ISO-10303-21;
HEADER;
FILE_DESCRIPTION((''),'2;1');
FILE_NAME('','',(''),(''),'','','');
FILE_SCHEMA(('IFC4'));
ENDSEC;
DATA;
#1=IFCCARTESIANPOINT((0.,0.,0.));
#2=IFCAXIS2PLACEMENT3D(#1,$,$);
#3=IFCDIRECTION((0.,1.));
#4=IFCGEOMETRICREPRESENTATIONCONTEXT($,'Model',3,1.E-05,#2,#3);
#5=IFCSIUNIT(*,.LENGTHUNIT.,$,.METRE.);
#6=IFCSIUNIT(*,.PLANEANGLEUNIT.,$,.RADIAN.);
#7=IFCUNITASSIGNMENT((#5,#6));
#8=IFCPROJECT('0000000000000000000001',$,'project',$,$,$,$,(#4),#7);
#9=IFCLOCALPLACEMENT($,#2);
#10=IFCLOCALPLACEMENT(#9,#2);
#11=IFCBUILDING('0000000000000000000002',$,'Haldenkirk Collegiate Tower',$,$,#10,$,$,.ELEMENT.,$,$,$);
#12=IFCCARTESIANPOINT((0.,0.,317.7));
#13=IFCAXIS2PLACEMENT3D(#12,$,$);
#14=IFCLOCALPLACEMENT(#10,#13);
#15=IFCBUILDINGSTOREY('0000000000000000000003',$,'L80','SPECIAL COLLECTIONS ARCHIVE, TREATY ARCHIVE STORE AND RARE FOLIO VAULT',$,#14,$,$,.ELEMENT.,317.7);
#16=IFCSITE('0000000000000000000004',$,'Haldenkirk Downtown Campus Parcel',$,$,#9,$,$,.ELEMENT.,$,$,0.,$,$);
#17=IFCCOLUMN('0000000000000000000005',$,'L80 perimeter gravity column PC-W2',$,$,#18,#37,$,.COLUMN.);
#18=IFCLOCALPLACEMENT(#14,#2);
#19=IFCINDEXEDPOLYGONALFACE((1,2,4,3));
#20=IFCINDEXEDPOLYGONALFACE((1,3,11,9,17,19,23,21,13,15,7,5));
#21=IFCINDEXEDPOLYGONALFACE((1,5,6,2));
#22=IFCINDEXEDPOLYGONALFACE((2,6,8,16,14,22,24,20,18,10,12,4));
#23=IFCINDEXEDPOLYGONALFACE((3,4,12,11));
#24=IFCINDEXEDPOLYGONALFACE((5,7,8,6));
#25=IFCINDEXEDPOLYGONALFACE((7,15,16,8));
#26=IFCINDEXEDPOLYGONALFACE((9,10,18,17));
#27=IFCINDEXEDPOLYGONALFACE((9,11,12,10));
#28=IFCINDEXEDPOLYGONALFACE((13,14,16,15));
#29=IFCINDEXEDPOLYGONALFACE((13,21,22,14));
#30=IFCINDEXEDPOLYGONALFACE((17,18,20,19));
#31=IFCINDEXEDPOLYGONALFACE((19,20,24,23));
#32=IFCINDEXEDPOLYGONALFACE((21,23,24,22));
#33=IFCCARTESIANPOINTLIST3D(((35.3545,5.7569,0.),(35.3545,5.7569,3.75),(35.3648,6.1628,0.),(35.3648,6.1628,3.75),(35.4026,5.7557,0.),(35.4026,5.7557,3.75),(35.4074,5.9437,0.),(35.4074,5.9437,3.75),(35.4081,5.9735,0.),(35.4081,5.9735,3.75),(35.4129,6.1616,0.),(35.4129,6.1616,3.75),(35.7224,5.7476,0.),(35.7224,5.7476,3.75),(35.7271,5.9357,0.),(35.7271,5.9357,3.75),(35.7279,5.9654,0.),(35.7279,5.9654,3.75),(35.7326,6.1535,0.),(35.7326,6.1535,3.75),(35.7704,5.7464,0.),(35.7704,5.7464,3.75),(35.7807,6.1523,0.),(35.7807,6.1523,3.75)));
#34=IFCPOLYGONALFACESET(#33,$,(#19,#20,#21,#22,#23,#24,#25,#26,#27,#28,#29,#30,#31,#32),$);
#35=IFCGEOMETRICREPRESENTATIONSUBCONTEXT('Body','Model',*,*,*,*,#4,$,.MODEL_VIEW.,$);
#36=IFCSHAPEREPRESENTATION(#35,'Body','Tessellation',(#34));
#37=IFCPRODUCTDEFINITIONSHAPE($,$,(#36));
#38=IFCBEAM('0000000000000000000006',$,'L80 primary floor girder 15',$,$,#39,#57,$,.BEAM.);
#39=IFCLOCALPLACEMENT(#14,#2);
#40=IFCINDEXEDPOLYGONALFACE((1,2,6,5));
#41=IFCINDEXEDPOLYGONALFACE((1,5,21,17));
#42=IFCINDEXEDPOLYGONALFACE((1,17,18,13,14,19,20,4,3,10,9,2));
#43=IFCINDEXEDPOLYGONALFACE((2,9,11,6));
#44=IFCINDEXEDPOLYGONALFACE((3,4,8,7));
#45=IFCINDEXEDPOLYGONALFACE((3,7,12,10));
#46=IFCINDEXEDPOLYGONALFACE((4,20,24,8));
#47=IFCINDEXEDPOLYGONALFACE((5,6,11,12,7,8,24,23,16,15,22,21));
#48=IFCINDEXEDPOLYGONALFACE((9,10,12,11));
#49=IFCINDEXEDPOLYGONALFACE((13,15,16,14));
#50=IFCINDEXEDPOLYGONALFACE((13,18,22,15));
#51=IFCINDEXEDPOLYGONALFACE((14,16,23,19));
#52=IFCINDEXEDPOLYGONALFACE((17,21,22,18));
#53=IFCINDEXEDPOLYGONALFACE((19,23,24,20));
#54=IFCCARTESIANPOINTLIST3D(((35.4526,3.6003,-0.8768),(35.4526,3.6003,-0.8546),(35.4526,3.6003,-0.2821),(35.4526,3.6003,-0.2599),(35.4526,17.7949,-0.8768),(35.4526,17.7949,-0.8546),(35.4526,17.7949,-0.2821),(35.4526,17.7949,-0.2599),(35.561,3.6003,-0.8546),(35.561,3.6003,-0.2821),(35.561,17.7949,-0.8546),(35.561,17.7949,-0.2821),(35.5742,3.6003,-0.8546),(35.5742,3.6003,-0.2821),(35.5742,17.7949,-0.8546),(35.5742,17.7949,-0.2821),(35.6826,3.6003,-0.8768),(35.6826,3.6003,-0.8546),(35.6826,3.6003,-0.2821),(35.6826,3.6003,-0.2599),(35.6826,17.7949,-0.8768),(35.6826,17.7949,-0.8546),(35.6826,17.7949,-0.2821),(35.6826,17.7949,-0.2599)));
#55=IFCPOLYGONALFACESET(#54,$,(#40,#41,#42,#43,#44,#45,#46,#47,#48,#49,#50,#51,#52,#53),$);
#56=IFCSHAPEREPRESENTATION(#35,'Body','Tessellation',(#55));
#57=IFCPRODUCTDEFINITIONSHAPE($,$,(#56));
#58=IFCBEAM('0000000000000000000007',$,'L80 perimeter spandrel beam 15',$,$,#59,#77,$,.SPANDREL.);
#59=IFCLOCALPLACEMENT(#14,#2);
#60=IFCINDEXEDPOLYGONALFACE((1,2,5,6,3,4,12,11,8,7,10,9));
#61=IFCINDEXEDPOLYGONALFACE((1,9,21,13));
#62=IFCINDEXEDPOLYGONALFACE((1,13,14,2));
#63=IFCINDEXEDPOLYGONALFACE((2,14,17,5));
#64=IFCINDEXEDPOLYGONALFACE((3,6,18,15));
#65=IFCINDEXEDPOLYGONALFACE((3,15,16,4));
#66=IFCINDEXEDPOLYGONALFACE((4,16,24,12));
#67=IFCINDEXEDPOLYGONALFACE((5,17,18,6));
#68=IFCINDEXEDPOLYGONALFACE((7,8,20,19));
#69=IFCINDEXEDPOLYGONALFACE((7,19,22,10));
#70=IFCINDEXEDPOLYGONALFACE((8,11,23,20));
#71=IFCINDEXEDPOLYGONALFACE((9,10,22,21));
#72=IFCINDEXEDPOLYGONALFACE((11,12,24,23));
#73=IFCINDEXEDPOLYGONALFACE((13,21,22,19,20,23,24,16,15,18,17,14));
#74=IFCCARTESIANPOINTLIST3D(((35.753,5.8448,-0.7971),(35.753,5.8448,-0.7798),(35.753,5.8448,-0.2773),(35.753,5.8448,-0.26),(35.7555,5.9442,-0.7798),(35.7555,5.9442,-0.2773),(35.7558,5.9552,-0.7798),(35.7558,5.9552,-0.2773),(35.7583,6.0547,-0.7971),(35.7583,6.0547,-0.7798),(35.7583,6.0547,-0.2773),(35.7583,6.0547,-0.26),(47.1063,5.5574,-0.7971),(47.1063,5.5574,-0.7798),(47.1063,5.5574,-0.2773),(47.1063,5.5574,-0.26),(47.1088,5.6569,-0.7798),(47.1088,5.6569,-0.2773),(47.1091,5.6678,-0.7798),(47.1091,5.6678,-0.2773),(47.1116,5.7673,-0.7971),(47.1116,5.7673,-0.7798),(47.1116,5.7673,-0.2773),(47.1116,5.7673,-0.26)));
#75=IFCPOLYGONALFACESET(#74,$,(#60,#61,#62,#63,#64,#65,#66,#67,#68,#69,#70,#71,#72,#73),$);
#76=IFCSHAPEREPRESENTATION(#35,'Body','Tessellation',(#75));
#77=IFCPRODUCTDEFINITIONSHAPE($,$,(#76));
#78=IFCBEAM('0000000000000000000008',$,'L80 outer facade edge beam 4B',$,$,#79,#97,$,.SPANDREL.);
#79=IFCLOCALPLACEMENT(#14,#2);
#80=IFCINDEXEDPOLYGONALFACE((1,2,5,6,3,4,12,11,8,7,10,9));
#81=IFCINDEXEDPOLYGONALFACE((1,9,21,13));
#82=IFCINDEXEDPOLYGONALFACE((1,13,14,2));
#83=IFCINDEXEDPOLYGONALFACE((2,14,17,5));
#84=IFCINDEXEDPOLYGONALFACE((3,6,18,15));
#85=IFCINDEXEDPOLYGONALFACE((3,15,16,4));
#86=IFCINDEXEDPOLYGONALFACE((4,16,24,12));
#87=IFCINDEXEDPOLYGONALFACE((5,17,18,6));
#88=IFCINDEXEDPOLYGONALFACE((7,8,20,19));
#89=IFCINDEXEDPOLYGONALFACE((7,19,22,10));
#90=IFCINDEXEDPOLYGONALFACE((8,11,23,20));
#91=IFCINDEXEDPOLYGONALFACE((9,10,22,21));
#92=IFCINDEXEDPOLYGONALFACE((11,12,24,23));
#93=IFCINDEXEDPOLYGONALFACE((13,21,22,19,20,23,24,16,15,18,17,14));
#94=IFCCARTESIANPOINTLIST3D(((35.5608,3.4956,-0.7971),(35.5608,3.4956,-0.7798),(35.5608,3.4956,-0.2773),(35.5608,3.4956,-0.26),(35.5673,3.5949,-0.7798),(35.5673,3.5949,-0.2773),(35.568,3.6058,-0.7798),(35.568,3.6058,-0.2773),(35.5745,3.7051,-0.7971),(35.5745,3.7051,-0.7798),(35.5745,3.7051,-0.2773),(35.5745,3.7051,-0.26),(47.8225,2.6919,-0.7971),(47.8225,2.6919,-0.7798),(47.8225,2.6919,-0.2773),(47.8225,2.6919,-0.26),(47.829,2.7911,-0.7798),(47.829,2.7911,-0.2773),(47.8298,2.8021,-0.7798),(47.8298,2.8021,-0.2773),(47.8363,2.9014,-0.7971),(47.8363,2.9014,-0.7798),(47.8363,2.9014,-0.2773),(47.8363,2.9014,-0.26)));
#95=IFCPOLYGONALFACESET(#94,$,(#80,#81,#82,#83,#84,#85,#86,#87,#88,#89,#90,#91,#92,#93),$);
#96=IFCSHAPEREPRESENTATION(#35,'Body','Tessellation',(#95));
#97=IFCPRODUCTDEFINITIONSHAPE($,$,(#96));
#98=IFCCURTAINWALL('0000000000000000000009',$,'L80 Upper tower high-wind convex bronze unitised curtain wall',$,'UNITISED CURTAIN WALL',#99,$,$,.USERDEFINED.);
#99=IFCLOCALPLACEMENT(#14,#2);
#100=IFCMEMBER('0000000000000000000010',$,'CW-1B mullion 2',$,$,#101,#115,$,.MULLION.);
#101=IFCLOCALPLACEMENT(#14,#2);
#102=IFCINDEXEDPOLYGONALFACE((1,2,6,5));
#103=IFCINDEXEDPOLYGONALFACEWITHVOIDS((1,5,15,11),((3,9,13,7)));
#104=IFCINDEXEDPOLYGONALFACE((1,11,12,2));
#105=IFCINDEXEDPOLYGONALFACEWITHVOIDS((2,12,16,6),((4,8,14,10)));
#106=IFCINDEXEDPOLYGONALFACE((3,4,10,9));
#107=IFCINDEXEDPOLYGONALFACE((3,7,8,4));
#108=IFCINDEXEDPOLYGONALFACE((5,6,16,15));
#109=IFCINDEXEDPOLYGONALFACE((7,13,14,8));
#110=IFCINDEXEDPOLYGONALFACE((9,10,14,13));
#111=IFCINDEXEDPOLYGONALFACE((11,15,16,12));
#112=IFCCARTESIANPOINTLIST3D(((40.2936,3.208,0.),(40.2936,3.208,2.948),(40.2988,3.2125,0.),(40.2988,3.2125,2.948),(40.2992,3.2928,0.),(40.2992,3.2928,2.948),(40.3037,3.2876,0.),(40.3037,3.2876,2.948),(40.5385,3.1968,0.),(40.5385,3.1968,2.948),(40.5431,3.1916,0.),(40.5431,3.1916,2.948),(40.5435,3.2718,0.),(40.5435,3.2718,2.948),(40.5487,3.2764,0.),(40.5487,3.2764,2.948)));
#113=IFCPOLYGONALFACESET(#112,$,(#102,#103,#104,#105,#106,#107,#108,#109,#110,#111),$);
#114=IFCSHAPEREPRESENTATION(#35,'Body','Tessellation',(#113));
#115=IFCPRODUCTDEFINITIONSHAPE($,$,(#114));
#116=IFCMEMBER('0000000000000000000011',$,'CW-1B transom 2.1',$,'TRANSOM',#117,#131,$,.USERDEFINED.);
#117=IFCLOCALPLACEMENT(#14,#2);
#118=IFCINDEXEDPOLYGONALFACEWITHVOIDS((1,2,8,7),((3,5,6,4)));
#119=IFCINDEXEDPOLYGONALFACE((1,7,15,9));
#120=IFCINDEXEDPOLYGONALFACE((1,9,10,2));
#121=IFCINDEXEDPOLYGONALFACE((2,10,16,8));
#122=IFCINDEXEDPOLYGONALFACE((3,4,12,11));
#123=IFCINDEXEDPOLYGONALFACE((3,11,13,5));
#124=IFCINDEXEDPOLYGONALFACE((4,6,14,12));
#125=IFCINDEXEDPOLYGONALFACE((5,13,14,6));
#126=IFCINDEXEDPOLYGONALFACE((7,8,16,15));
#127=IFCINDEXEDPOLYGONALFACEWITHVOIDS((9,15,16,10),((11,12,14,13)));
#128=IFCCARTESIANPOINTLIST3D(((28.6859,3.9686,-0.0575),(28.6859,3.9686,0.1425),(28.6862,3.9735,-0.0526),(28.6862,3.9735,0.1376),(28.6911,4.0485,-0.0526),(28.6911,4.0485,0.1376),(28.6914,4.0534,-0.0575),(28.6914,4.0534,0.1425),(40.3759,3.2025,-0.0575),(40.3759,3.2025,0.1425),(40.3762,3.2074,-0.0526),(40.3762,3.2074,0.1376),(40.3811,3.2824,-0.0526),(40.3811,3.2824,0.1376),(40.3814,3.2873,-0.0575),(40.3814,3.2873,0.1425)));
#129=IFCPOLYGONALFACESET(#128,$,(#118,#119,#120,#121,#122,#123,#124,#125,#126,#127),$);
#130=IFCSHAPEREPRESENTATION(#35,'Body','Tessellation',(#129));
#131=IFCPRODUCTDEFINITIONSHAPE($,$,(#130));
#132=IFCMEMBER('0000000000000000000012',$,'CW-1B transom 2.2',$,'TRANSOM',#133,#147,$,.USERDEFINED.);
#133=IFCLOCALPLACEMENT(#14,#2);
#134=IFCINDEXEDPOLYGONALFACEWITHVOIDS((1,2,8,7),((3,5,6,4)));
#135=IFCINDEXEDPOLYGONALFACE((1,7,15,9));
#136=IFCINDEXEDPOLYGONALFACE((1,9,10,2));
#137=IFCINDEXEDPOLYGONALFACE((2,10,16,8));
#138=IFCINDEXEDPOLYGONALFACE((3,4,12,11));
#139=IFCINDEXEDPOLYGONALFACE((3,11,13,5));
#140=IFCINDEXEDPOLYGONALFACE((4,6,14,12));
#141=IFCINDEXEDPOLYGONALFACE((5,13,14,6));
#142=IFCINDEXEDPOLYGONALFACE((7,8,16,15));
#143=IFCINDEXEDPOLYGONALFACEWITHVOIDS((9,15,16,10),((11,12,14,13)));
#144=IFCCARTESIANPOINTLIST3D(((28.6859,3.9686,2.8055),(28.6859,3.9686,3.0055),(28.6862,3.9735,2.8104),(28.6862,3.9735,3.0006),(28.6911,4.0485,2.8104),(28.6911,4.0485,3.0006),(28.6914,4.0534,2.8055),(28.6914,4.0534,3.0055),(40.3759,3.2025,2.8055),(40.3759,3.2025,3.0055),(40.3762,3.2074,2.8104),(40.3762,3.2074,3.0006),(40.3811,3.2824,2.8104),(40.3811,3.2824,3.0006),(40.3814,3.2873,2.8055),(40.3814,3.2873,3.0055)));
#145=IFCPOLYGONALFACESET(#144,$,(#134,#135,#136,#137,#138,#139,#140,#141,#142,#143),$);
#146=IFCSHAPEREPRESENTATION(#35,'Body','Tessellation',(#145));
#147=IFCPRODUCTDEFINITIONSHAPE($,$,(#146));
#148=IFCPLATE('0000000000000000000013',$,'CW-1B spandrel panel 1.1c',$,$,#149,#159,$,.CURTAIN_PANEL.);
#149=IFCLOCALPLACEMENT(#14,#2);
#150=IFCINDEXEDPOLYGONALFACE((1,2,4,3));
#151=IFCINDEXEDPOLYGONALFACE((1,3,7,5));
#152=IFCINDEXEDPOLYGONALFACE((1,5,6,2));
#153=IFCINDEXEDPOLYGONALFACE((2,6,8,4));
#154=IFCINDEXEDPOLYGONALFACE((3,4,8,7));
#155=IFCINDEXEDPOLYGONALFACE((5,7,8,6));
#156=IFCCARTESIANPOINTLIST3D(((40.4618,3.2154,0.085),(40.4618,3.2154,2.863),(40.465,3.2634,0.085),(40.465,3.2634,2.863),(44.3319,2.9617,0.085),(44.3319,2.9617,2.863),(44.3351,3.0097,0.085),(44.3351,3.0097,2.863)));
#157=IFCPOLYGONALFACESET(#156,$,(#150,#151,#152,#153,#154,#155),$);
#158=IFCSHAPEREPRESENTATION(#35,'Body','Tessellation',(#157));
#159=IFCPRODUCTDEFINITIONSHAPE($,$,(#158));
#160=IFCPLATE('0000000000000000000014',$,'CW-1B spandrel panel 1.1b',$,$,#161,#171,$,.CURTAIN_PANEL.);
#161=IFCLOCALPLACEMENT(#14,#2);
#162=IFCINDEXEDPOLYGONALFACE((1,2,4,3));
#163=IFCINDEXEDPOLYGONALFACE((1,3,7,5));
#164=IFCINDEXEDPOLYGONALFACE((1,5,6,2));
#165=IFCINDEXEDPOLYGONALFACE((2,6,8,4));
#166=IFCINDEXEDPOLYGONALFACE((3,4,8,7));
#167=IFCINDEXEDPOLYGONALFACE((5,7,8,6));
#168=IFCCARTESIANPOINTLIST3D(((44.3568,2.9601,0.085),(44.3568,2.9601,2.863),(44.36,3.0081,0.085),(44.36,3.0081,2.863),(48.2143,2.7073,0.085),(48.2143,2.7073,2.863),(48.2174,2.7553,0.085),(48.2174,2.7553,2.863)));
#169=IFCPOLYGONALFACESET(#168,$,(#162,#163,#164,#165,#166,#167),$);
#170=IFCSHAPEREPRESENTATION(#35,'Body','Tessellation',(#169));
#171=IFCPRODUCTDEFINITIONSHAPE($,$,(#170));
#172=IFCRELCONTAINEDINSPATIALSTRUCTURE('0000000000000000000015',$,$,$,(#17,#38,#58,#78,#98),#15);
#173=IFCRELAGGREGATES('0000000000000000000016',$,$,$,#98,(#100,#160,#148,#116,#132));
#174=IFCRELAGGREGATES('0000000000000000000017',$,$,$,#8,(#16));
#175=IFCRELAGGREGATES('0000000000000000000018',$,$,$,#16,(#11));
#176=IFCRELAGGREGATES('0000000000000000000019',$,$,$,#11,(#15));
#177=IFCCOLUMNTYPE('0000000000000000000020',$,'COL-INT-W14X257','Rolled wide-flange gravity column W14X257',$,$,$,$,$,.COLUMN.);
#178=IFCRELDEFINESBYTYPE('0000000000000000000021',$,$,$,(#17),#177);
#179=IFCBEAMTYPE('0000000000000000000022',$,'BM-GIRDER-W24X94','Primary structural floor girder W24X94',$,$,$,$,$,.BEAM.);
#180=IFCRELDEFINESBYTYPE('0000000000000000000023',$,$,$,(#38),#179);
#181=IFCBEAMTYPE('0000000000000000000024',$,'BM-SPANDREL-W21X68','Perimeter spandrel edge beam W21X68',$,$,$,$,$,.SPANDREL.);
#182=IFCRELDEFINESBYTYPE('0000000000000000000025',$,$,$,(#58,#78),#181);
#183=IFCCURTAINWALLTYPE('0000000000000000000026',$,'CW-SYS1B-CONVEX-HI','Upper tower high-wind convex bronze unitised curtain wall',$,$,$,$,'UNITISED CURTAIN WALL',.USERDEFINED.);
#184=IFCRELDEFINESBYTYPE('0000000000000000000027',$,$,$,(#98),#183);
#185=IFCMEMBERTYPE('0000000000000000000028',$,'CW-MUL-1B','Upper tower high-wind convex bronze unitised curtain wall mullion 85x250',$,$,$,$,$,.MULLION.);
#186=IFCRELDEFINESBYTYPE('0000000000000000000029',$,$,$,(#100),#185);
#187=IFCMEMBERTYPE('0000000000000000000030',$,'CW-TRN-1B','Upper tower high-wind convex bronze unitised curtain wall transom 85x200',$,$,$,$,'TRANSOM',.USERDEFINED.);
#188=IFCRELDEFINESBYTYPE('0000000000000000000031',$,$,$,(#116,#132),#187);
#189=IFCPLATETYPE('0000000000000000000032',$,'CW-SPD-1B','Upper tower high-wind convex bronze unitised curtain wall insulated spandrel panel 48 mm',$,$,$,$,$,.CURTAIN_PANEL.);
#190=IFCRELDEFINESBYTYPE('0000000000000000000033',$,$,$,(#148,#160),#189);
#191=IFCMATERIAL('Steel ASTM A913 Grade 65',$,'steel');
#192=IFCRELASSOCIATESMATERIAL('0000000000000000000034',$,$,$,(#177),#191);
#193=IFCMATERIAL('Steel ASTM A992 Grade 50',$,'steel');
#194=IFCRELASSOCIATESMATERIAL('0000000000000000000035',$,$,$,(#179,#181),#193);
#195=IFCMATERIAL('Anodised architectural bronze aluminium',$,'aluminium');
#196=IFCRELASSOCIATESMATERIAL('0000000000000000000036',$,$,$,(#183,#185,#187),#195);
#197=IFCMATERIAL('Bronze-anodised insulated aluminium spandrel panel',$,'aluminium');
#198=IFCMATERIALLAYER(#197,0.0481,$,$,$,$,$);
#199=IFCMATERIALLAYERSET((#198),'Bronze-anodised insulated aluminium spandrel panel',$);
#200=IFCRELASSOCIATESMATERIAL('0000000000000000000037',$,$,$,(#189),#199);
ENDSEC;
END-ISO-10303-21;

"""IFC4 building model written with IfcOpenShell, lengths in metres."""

from ifc_helpers import new_model, si_unit, direction, frame, origin, origin_2d, place, context, subcontext, project, spatial, rectangle, hollow_rectangle, i_section, extrude, source, transform, mapped, material, layer, layer_set, material_profile, profile_set, type_object, element, aggregate, save


model = new_model("IFC4")

# Units and contexts
model_context = context("Model", 3, precision=1e-05, world=origin(), true_north=direction((0.0, 1.0)))
body_context = subcontext(model_context, "Body", "Model", "MODEL_VIEW")
ifc_project = project(units=[si_unit("LENGTHUNIT", "METRE"), si_unit("PLANEANGLEUNIT", "RADIAN")], contexts=[model_context])

# Site, building, storey
site_placement = place(None, origin())
site = spatial("IfcSite", under=ifc_project, at=site_placement, Name="Haldenkirk Downtown Campus Parcel", CompositionType="ELEMENT", RefElevation=0.0)
building_placement = place(site_placement, origin())
building = spatial("IfcBuilding", under=site, at=building_placement, Name="Haldenkirk Collegiate Tower", CompositionType="ELEMENT")
storey_placement = place(building_placement, frame((0.0, 0.0, 317.7)))
storey = spatial("IfcBuildingStorey", under=building, at=storey_placement, Name="L80", Description="SPECIAL COLLECTIONS ARCHIVE, TREATY ARCHIVE STORE AND RARE FOLIO VAULT", CompositionType="ELEMENT", Elevation=317.7)

# Column
ifc_material_1 = material(Name="Steel ASTM A913 Grade 65", Category="steel")
ifc_material_profile_1 = material_profile(ifc_material_1, i_section(OverallWidth=0.406, OverallDepth=0.416, WebThickness=0.0298, FlangeThickness=0.0481, at=origin_2d()), Name="W14X257")
ifc_profile_set_1 = profile_set([ifc_material_profile_1], Name="Steel ASTM A913 Grade 65")
column_type = type_object("IfcColumnType", Name="COL-INT-W14X257", Description="Rolled wide-flange gravity column W14X257", PredefinedType="COLUMN", material=ifc_profile_set_1)
column_placement = place(storey_placement, frame((35.5676, 5.9546, 0.0), z_axis=(0.0, 0.0, 1.0), x_axis=(0.025305, 0.99968, 0.0)))
element("IfcColumn", 1, at=column_placement, inside=storey, type_object=column_type, Name="L80 perimeter gravity column PC-W2", PredefinedType="COLUMN", context=body_context, shape_type="SweptSolid", body=[
    extrude(i_section(OverallWidth=0.406, OverallDepth=0.416, WebThickness=0.0298, FlangeThickness=0.0481, at=origin_2d()), origin(), (0.0, 0.0, 1.0), 3.75),
])

# Beams
ifc_material_2 = material(Name="Steel ASTM A992 Grade 50", Category="steel")
ifc_material_profile_2 = material_profile(ifc_material_2, i_section(OverallWidth=0.23, OverallDepth=0.6169, WebThickness=0.0132, FlangeThickness=0.0222, at=origin_2d()), Name="W24X94")
ifc_profile_set_2 = profile_set([ifc_material_profile_2], Name="Steel ASTM A992 Grade 50")
beam_type_1 = type_object("IfcBeamType", Name="BM-GIRDER-W24X94", Description="Primary structural floor girder W24X94", PredefinedType="BEAM", material=ifc_profile_set_2)
beam_1_placement = place(storey_placement, frame((35.5676, 3.6003, -0.5684), z_axis=(0.0, 1.0, 0.0), x_axis=(-1.0, 0.0, 0.0)))
element("IfcBeam", 2, at=beam_1_placement, inside=storey, type_object=beam_type_1, Name="L80 primary floor girder 15", PredefinedType="BEAM", context=body_context, shape_type="SweptSolid", body=[
    extrude(i_section(OverallWidth=0.23, OverallDepth=0.6169, WebThickness=0.0132, FlangeThickness=0.0222, at=origin_2d()), origin(), (0.0, 0.0, 1.0), 14.1946),
])
ifc_material_profile_3 = material_profile(ifc_material_2, i_section(OverallWidth=0.21, OverallDepth=0.5371, WebThickness=0.011, FlangeThickness=0.0173, at=origin_2d()), Name="W21X68")
ifc_profile_set_3 = profile_set([ifc_material_profile_3], Name="Steel ASTM A992 Grade 50")
beam_type_2 = type_object("IfcBeamType", Name="BM-SPANDREL-W21X68", Description="Perimeter spandrel edge beam W21X68", PredefinedType="SPANDREL", material=ifc_profile_set_3)
beam_2_placement = place(storey_placement, frame((35.7556, 5.9497, -0.5286), z_axis=(0.99968, -0.025302, 0.0), x_axis=(0.025302, 0.99968, 0.0)))
element("IfcBeam", 3, at=beam_2_placement, inside=storey, type_object=beam_type_2, Name="L80 perimeter spandrel beam 15", PredefinedType="SPANDREL", context=body_context, shape_type="SweptSolid", body=[
    extrude(i_section(OverallWidth=0.21, OverallDepth=0.5371, WebThickness=0.011, FlangeThickness=0.0173, at=origin_2d()), origin(), (0.0, 0.0, 1.0), 11.3569),
])
beam_3_placement = place(storey_placement, frame((35.5676, 3.6003, -0.5286), z_axis=(0.997859, -0.065406, 0.0), x_axis=(0.065406, 0.997859, 0.0)))
element("IfcBeam", 4, at=beam_3_placement, inside=storey, type_object=beam_type_2, Name="L80 outer facade edge beam 4B", PredefinedType="SPANDREL", context=body_context, shape_type="SweptSolid", body=[
    extrude(i_section(OverallWidth=0.21, OverallDepth=0.5371, WebThickness=0.011, FlangeThickness=0.0173, at=origin_2d()), origin(), (0.0, 0.0, 1.0), 12.2881),
])

# Curtain wall, members, plates
ifc_material_3 = material(Name="Anodised architectural bronze aluminium", Category="aluminium")
curtain_wall_type = type_object("IfcCurtainWallType", Name="CW-SYS1B-CONVEX-HI", Description="Upper tower high-wind convex bronze unitised curtain wall", ElementType="UNITISED CURTAIN WALL", PredefinedType="USERDEFINED", material=ifc_material_3)
curtain_wall_placement = place(storey_placement, origin())
curtain_wall = element("IfcCurtainWall", 5, at=curtain_wall_placement, inside=storey, type_object=curtain_wall_type, Name="L80 Upper tower high-wind convex bronze unitised curtain wall", ObjectType="UNITISED CURTAIN WALL", PredefinedType="USERDEFINED")
ifc_material_profile_4 = material_profile(ifc_material_3, hollow_rectangle(XDim=0.085, YDim=0.25, WallThickness=0.0049, at=origin_2d()), Name="CW-MUL-1B")
ifc_profile_set_4 = profile_set([ifc_material_profile_4], Name="Anodised architectural bronze aluminium")
member_type_1 = type_object("IfcMemberType", Name="CW-MUL-1B", Description="Upper tower high-wind convex bronze unitised curtain wall mullion 85x250", PredefinedType="MULLION", material=ifc_profile_set_4)
member_1_placement = place(storey_placement, frame((40.4211, 3.2422, 0.0), z_axis=(0.0, 0.0, 1.0), x_axis=(-0.065401, -0.997859, 0.0)))
member_1 = element("IfcMember", 6, at=member_1_placement, type_object=member_type_1, Name="CW-1B mullion 2", PredefinedType="MULLION", context=body_context, shape_type="SweptSolid", body=[
    extrude(hollow_rectangle(XDim=0.085, YDim=0.25, WallThickness=0.0049, at=origin_2d()), origin(), (0.0, 0.0, 1.0), 2.948),
])
ifc_material_profile_5 = material_profile(ifc_material_3, hollow_rectangle(XDim=0.085, YDim=0.2, WallThickness=0.0049, at=origin_2d()), Name="CW-TRN-1B")
ifc_profile_set_5 = profile_set([ifc_material_profile_5], Name="Anodised architectural bronze aluminium")
member_type_2 = type_object("IfcMemberType", Name="CW-TRN-1B", Description="Upper tower high-wind convex bronze unitised curtain wall transom 85x200", ElementType="TRANSOM", PredefinedType="USERDEFINED", material=ifc_profile_set_5)
member_2_placement = place(storey_placement, frame((40.3787, 3.2449, 0.0425), z_axis=(-0.997859, 0.065396, 0.0), x_axis=(-0.065396, -0.997859, 0.0)))
member_2 = element("IfcMember", 7, at=member_2_placement, type_object=member_type_2, Name="CW-1B transom 2.1", ObjectType="TRANSOM", PredefinedType="USERDEFINED", context=body_context, shape_type="SweptSolid", body=[
    extrude(hollow_rectangle(XDim=0.085, YDim=0.2, WallThickness=0.0049, at=origin_2d()), origin(), (0.0, 0.0, 1.0), 11.7151),
])
member_3_placement = place(storey_placement, frame((40.3787, 3.2449, 2.9055), z_axis=(-0.997859, 0.065396, 0.0), x_axis=(-0.065396, -0.997859, 0.0)))
member_3 = element("IfcMember", 8, at=member_3_placement, type_object=member_type_2, Name="CW-1B transom 2.2", ObjectType="TRANSOM", PredefinedType="USERDEFINED", context=body_context, shape_type="SweptSolid", body=[
    extrude(hollow_rectangle(XDim=0.085, YDim=0.2, WallThickness=0.0049, at=origin_2d()), origin(), (0.0, 0.0, 1.0), 11.7151),
])
ifc_material_4 = material(Name="Bronze-anodised insulated aluminium spandrel panel", Category="aluminium")
ifc_layer_1 = layer(ifc_material_4, 0.0481)
ifc_layer_set_1 = layer_set([ifc_layer_1], Name="Bronze-anodised insulated aluminium spandrel panel")
plate_type_1 = type_object("IfcPlateType", Name="CW-SPD-1B", Description="Upper tower high-wind convex bronze unitised curtain wall insulated spandrel panel 48 mm", PredefinedType="CURTAIN_PANEL", material=ifc_layer_set_1)
shared_shape_1 = source(origin(), body_context, "Body", "SweptSolid", [
    extrude(rectangle(XDim=3.8784, YDim=0.0481, at=origin_2d()), origin(), (0.0, 0.0, 1.0), 2.7781),
])
plate_1_placement = place(storey_placement, frame((42.3984, 3.1125, 0.085), z_axis=(0.0, 0.0, 1.0), x_axis=(-0.997859, 0.065401, 0.0)))
plate_1 = element("IfcPlate", 9, at=plate_1_placement, type_object=plate_type_1, Name="CW-1B spandrel panel 1.1c", PredefinedType="CURTAIN_PANEL", context=body_context, shape_type="MappedRepresentation", body=[
    mapped(shared_shape_1, transform((0.0, 0.0, 0.0), x_axis=(1.0, 0.0, 0.0), y_axis=(0.0, 1.0, 0.0), z_axis=(0.0, 0.0, 1.0), scale=1.0)),
])
shared_shape_2 = source(origin(), body_context, "Body", "SweptSolid", [
    extrude(rectangle(XDim=3.8657, YDim=0.0481, at=origin_2d()), origin(), (0.0, 0.0, 1.0), 2.7781),
])
plate_2_placement = place(storey_placement, frame((46.2871, 2.8577, 0.085), z_axis=(0.0, 0.0, 1.0), x_axis=(-0.997859, 0.065401, 0.0)))
plate_2 = element("IfcPlate", 10, at=plate_2_placement, type_object=plate_type_1, Name="CW-1B spandrel panel 1.1b", PredefinedType="CURTAIN_PANEL", context=body_context, shape_type="MappedRepresentation", body=[
    mapped(shared_shape_2, transform((0.0, 0.0, 0.0), x_axis=(1.0, 0.0, 0.0), y_axis=(0.0, 1.0, 0.0), z_axis=(0.0, 0.0, 1.0), scale=1.0)),
])
aggregate(curtain_wall, [member_1, plate_2, plate_1, member_2, member_3])

save(model, "model.ifc")
